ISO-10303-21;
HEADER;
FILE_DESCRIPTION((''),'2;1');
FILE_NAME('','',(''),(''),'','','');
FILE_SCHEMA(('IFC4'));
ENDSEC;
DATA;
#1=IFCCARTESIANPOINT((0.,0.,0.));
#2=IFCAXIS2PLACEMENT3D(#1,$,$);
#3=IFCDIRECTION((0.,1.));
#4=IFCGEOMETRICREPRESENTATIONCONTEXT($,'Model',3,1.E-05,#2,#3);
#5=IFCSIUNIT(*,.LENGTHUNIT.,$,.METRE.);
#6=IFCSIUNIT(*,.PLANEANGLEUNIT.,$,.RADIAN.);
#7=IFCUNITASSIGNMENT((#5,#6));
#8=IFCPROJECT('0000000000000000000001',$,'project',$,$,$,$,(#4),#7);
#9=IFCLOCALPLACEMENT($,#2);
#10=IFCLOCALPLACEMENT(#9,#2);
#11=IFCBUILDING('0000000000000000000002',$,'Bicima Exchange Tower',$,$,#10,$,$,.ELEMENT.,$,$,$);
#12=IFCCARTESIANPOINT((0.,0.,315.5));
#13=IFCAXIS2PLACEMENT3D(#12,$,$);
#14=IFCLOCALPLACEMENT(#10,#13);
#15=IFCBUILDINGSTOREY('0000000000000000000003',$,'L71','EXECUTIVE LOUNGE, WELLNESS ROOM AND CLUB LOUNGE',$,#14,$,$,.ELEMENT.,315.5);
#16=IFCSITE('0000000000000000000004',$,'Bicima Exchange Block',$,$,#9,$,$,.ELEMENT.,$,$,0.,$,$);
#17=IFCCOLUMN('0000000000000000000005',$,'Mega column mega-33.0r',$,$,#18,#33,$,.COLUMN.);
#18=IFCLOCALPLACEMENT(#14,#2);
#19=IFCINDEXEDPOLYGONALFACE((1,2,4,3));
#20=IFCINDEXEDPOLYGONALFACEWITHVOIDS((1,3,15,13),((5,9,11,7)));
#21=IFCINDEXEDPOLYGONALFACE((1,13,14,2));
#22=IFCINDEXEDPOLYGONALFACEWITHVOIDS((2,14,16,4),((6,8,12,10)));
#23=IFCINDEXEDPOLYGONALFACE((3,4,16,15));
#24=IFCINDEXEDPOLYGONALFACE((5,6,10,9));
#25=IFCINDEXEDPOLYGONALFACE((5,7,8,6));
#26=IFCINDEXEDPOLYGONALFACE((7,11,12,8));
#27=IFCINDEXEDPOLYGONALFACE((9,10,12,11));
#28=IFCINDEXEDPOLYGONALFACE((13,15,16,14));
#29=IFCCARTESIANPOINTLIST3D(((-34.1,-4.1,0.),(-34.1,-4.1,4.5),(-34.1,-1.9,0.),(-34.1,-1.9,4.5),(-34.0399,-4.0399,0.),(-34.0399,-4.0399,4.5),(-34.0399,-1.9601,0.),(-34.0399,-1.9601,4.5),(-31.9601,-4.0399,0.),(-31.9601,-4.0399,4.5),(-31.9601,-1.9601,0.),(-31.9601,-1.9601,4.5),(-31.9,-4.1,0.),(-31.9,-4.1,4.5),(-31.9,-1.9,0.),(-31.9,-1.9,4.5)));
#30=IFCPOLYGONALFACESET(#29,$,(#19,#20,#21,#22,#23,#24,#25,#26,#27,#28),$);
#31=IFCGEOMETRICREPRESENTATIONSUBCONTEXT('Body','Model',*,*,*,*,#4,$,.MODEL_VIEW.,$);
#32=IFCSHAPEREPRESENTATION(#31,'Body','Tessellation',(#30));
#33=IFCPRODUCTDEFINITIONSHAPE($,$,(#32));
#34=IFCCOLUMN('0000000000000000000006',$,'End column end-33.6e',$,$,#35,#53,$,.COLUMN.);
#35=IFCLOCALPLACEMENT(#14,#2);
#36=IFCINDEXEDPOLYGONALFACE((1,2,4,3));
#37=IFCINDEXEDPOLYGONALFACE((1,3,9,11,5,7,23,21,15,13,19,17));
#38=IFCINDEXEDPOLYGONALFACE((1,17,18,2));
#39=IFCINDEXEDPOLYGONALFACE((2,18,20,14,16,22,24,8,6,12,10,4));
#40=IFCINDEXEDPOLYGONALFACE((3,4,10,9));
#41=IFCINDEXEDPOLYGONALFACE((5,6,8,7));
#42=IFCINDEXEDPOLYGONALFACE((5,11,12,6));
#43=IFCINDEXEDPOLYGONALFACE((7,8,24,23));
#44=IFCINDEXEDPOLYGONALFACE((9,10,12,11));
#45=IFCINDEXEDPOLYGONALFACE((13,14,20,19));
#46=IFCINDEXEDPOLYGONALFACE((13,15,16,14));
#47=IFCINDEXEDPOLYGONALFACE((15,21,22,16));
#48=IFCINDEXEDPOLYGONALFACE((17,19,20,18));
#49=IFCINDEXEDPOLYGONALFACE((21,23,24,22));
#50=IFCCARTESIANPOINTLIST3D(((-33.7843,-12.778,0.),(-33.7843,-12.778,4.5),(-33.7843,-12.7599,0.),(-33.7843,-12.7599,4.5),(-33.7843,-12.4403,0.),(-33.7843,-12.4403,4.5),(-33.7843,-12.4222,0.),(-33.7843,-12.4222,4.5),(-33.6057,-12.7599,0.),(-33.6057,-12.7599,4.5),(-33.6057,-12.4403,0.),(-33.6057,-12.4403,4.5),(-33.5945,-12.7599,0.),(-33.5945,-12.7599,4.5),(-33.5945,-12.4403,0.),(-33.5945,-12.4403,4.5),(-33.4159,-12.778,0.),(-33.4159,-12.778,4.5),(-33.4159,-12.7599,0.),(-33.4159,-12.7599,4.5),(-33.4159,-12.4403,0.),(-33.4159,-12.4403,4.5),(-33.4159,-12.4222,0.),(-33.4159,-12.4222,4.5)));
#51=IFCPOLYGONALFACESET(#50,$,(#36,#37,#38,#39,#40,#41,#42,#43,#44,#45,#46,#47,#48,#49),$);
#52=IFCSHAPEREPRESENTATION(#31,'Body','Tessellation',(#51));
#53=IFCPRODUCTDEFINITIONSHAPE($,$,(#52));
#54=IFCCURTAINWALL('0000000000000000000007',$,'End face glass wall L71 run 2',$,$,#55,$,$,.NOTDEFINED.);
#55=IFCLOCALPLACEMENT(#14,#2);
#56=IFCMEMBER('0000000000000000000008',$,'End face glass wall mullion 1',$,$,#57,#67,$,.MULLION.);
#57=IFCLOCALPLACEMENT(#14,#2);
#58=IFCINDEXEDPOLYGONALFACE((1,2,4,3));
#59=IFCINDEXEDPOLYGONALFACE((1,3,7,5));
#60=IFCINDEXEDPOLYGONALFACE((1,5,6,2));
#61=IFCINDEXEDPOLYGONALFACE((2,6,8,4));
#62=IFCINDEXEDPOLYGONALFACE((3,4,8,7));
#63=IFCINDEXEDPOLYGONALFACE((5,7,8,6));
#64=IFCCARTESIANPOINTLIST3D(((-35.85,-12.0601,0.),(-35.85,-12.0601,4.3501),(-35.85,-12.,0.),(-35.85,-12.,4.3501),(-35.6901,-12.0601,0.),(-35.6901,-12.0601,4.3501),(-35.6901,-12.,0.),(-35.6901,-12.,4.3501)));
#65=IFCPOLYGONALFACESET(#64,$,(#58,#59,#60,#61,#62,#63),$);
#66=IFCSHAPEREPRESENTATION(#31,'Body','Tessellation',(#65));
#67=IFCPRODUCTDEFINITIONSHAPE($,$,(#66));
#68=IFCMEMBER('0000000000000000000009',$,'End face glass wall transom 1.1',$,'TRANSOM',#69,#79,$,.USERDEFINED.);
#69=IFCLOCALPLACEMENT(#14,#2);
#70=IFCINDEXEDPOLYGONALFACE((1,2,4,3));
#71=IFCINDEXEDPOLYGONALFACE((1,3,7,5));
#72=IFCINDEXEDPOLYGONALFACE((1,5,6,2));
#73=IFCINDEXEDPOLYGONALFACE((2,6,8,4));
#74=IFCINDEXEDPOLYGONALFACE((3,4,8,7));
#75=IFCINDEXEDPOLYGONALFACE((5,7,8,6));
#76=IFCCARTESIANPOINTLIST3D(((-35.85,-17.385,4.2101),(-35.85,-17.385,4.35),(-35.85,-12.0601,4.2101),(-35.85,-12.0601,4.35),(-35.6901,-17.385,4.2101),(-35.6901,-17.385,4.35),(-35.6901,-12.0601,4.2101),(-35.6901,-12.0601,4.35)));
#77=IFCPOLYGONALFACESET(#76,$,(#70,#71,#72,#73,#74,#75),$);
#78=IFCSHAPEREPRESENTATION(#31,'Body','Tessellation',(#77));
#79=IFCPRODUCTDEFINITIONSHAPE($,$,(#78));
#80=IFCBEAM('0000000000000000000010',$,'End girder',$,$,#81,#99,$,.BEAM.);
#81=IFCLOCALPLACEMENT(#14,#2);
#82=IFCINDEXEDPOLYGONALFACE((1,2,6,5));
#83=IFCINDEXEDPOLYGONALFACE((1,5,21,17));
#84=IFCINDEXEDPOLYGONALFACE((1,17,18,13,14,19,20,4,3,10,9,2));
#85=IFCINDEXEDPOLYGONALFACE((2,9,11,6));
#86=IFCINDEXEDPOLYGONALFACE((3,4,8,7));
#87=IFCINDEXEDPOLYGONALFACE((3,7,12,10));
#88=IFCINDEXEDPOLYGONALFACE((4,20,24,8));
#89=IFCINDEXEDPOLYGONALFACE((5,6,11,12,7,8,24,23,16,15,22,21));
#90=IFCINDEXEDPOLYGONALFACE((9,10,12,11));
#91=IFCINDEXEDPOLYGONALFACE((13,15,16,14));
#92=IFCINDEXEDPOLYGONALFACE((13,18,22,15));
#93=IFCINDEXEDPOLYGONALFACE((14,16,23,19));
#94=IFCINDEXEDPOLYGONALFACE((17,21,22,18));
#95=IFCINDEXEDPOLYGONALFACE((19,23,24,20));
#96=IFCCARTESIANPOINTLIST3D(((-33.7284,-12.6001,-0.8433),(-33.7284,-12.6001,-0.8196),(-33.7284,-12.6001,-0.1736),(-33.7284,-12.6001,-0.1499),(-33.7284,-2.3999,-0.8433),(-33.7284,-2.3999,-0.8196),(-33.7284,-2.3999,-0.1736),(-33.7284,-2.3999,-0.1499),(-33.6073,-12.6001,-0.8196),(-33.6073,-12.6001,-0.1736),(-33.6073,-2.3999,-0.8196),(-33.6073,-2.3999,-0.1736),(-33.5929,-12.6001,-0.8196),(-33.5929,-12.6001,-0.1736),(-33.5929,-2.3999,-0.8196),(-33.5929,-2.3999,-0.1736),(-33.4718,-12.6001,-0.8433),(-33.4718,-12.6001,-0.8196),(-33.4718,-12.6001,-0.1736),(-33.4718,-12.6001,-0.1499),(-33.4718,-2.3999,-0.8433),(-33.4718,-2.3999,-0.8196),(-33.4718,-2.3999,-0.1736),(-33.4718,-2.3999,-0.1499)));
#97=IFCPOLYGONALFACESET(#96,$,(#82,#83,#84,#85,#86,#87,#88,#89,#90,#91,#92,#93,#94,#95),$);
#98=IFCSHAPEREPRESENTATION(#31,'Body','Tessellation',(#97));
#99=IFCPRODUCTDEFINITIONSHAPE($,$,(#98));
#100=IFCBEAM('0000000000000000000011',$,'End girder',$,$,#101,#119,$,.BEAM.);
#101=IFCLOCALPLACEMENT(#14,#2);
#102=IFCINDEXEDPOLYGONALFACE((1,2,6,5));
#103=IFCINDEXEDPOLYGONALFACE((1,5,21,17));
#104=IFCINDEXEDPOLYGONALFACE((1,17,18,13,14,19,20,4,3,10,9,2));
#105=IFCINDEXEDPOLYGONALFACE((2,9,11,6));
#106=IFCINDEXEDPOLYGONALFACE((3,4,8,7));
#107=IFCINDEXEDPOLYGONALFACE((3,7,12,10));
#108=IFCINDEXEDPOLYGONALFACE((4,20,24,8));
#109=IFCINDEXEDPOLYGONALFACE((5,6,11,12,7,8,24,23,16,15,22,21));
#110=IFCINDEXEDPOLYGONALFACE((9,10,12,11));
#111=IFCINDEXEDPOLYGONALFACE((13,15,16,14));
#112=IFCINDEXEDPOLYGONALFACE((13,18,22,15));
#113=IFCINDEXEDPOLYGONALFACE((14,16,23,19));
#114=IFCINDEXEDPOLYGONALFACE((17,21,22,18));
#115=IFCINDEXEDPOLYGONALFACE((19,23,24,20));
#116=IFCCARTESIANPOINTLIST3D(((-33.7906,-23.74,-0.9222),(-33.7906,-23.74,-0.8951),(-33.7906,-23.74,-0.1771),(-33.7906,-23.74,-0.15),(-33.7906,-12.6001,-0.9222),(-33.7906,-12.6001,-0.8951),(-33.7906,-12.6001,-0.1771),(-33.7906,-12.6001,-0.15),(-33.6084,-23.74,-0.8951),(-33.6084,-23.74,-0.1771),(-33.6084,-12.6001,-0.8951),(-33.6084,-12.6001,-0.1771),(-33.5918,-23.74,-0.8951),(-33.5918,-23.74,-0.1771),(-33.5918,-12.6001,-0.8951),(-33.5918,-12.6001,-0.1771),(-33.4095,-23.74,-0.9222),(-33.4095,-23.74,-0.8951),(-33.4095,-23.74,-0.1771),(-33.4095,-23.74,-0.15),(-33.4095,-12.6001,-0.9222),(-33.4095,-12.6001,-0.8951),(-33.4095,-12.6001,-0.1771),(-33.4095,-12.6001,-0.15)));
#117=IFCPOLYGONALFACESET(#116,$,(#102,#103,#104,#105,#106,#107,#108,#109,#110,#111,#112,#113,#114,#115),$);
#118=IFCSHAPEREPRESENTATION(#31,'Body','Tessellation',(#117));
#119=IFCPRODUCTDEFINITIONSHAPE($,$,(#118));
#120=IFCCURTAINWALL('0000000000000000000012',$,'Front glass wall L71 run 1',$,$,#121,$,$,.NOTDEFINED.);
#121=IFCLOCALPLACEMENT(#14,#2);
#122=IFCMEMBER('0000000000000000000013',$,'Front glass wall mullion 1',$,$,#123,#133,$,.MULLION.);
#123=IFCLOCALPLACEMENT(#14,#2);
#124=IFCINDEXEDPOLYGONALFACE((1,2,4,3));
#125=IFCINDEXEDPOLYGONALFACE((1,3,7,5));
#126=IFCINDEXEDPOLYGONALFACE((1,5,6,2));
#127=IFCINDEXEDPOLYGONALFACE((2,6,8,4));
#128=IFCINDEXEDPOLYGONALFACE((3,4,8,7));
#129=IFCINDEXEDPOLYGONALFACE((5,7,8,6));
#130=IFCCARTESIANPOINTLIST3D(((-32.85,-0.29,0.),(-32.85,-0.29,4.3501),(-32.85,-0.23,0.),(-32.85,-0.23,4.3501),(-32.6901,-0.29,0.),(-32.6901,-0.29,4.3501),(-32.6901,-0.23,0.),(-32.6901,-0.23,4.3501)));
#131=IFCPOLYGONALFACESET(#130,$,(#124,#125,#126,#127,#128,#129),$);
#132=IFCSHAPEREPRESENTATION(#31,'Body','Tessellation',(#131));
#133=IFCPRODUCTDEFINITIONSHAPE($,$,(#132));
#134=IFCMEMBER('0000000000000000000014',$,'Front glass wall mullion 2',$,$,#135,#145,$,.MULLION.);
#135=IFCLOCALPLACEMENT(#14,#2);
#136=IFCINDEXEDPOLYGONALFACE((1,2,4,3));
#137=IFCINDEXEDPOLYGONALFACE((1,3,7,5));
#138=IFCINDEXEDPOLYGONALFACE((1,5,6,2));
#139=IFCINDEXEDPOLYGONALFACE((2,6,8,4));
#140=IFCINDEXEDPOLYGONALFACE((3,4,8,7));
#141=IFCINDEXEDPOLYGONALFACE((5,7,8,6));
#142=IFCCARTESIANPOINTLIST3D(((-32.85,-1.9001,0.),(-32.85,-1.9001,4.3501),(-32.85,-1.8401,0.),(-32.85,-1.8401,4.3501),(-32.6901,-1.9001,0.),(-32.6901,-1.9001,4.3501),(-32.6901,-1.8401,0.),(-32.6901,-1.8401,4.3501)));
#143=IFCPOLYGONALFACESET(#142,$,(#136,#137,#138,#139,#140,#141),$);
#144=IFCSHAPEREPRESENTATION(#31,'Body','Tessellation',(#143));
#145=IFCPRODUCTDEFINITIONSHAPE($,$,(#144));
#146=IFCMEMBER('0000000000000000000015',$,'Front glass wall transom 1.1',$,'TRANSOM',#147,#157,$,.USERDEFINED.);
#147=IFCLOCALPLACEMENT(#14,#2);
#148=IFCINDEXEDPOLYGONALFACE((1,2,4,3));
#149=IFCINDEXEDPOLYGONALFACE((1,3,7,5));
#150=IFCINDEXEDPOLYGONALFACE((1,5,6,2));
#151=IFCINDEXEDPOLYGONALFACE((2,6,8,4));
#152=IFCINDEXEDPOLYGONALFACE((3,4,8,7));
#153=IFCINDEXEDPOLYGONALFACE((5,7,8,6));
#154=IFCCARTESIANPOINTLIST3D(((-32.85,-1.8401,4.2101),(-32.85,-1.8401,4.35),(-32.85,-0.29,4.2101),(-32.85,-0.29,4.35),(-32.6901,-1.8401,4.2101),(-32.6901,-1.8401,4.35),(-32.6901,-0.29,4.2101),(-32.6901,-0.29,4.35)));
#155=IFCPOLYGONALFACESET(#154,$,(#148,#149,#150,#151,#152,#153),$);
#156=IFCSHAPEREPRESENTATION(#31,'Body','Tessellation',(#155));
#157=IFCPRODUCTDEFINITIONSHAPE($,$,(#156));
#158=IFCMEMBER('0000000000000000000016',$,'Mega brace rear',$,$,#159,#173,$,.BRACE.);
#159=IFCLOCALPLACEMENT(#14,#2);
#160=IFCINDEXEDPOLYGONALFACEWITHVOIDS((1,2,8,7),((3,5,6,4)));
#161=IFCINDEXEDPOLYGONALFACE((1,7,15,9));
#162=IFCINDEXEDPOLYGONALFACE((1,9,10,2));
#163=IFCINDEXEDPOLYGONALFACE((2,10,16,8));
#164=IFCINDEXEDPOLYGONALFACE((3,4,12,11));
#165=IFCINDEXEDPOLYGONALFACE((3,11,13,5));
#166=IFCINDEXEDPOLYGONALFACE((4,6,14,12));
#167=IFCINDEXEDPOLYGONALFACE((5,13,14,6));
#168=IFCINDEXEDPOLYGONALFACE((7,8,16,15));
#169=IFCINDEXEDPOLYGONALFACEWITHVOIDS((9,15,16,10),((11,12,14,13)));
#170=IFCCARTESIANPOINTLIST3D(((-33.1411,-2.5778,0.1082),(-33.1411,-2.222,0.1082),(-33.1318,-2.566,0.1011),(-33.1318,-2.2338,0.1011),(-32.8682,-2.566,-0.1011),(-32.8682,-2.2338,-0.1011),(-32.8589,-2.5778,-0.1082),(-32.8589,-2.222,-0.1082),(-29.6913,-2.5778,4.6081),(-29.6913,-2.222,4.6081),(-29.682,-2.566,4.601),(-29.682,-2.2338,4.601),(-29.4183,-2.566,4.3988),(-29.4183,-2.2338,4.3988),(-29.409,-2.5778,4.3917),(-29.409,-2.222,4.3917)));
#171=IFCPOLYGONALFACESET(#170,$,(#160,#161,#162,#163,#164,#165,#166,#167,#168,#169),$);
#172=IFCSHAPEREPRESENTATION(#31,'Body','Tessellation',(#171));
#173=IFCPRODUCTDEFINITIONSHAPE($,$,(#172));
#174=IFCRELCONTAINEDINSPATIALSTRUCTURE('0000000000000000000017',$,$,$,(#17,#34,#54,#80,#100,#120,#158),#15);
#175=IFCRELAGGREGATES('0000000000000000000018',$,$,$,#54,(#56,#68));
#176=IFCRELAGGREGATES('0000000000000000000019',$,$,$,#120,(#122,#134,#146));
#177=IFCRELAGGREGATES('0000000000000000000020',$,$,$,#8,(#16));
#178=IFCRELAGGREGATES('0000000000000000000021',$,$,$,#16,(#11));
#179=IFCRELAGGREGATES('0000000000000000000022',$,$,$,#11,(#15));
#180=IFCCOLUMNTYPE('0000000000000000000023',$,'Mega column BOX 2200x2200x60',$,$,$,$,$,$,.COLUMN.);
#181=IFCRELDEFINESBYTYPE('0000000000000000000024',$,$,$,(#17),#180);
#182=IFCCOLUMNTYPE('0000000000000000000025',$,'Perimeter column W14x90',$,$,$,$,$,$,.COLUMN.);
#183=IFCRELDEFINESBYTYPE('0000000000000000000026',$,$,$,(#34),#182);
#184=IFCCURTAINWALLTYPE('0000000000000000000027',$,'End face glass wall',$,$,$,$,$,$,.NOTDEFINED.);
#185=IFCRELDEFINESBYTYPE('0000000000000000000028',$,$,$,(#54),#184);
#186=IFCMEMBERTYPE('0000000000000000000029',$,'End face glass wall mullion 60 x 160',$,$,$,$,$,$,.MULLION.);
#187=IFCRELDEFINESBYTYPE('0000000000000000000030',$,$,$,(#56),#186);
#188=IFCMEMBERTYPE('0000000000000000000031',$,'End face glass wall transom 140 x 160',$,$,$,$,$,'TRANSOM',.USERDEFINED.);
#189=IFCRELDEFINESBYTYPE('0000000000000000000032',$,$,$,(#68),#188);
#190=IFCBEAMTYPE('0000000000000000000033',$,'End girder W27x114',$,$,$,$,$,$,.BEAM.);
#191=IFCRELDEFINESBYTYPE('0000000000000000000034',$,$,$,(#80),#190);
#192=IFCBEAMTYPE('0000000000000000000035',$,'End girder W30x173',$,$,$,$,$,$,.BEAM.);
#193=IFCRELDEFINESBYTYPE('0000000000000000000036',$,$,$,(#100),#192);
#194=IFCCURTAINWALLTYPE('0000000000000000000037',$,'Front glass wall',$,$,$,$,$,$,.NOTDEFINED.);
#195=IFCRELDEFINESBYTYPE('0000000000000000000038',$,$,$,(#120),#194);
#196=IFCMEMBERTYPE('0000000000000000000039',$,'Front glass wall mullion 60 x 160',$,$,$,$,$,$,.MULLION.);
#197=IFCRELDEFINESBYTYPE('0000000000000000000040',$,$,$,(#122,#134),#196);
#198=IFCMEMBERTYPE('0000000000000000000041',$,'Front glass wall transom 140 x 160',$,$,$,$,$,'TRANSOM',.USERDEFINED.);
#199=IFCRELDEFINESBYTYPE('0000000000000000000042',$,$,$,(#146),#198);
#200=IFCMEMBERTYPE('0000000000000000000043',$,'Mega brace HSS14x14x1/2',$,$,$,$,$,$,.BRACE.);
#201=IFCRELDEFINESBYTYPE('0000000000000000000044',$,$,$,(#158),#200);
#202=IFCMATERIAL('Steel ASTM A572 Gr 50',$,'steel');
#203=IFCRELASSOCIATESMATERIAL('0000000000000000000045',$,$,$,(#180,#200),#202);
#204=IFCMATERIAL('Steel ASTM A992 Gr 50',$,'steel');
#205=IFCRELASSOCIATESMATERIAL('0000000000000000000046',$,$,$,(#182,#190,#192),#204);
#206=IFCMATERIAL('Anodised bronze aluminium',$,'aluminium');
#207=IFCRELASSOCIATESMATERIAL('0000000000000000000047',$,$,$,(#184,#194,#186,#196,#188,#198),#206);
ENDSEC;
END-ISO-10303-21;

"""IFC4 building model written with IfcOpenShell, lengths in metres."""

from ifc_helpers import new_model, si_unit, direction, frame, origin, origin_2d, place, context, subcontext, project, spatial, rectangle, hollow_rectangle, i_section, extrude, material, material_profile, profile_set, type_object, element, aggregate, save


model = new_model("IFC4")

# Units and contexts
model_context = context("Model", 3, precision=1e-05, world=origin(), true_north=direction((0.0, 1.0)))
body_context = subcontext(model_context, "Body", "Model", "MODEL_VIEW")
ifc_project = project(units=[si_unit("LENGTHUNIT", "METRE"), si_unit("PLANEANGLEUNIT", "RADIAN")], contexts=[model_context])

# Site, building, storey
site_placement = place(None, origin())
site = spatial("IfcSite", under=ifc_project, at=site_placement, Name="Bicima Exchange Block", CompositionType="ELEMENT", RefElevation=0.0)
building_placement = place(site_placement, origin())
building = spatial("IfcBuilding", under=site, at=building_placement, Name="Bicima Exchange Tower", CompositionType="ELEMENT")
storey_placement = place(building_placement, frame((0.0, 0.0, 315.5)))
storey = spatial("IfcBuildingStorey", under=building, at=storey_placement, Name="L71", Description="EXECUTIVE LOUNGE, WELLNESS ROOM AND CLUB LOUNGE", CompositionType="ELEMENT", Elevation=315.5)

# Columns
ifc_material_1 = material(Name="Steel ASTM A572 Gr 50", Category="steel")
ifc_material_profile_1 = material_profile(ifc_material_1, hollow_rectangle(XDim=2.2, YDim=2.2, WallThickness=0.0601, at=origin_2d()))
ifc_profile_set_1 = profile_set([ifc_material_profile_1], Name="Steel ASTM A572 Gr 50")
column_type_1 = type_object("IfcColumnType", Name="Mega column BOX 2200x2200x60", PredefinedType="COLUMN", material=ifc_profile_set_1)
column_1_placement = place(storey_placement, frame((-33.0, -3.0, 0.0), z_axis=(0.0, 0.0, 1.0), x_axis=(1.0, 0.0, 0.0)))
element("IfcColumn", 1, at=column_1_placement, inside=storey, type_object=column_type_1, Name="Mega column mega-33.0r", PredefinedType="COLUMN", context=body_context, shape_type="SweptSolid", body=[
    extrude(hollow_rectangle(XDim=2.2, YDim=2.2, WallThickness=0.0601, at=origin_2d()), origin(), (0.0, 0.0, 1.0), 4.5),
])
ifc_material_2 = material(Name="Steel ASTM A992 Gr 50", Category="steel")
ifc_material_profile_2 = material_profile(ifc_material_2, i_section(OverallWidth=0.3684, OverallDepth=0.3557, WebThickness=0.0112, FlangeThickness=0.0181, at=origin_2d()))
ifc_profile_set_2 = profile_set([ifc_material_profile_2], Name="Steel ASTM A992 Gr 50")
column_type_2 = type_object("IfcColumnType", Name="Perimeter column W14x90", PredefinedType="COLUMN", material=ifc_profile_set_2)
column_2_placement = place(storey_placement, frame((-33.6001, -12.6001, 0.0), z_axis=(0.0, 0.0, 1.0), x_axis=(1.0, 0.0, 0.0)))
element("IfcColumn", 2, at=column_2_placement, inside=storey, type_object=column_type_2, Name="End column end-33.6e", PredefinedType="COLUMN", context=body_context, shape_type="SweptSolid", body=[
    extrude(i_section(OverallWidth=0.3684, OverallDepth=0.3557, WebThickness=0.0112, FlangeThickness=0.0181, at=origin_2d()), origin(), (0.0, 0.0, 1.0), 4.5),
])

# Curtain wall, members
ifc_material_3 = material(Name="Anodised bronze aluminium", Category="aluminium")
curtain_wall_type_1 = type_object("IfcCurtainWallType", Name="End face glass wall", PredefinedType="NOTDEFINED", material=ifc_material_3)
curtain_wall_1_placement = place(storey_placement, origin())
curtain_wall_1 = element("IfcCurtainWall", 3, at=curtain_wall_1_placement, inside=storey, type_object=curtain_wall_type_1, Name="End face glass wall L71 run 2", PredefinedType="NOTDEFINED")
ifc_material_profile_3 = material_profile(ifc_material_3, rectangle(XDim=0.1599, YDim=0.0601, at=origin_2d()))
ifc_profile_set_3 = profile_set([ifc_material_profile_3], Name="Anodised bronze aluminium")
member_type_1 = type_object("IfcMemberType", Name="End face glass wall mullion 60 x 160", PredefinedType="MULLION", material=ifc_profile_set_3)
member_1_placement = place(storey_placement, frame((-35.77, -12.03, 0.0), z_axis=(0.0, 0.0, 1.0), x_axis=(1.0, 0.0, 0.0)))
member_1 = element("IfcMember", 4, at=member_1_placement, type_object=member_type_1, Name="End face glass wall mullion 1", PredefinedType="MULLION", context=body_context, shape_type="SweptSolid", body=[
    extrude(rectangle(XDim=0.1599, YDim=0.0601, at=origin_2d()), origin(), (0.0, 0.0, 1.0), 4.3501),
])
ifc_material_profile_4 = material_profile(ifc_material_3, rectangle(XDim=0.1599, YDim=0.1399, at=origin_2d()))
ifc_profile_set_4 = profile_set([ifc_material_profile_4], Name="Anodised bronze aluminium")
member_type_2 = type_object("IfcMemberType", Name="End face glass wall transom 140 x 160", ElementType="TRANSOM", PredefinedType="USERDEFINED", material=ifc_profile_set_4)
member_2_placement = place(storey_placement, frame((-35.77, -12.0601, 4.28), z_axis=(0.0, -1.0, 0.0), x_axis=(1.0, 0.0, 0.0)))
member_2 = element("IfcMember", 5, at=member_2_placement, type_object=member_type_2, Name="End face glass wall transom 1.1", ObjectType="TRANSOM", PredefinedType="USERDEFINED", context=body_context, shape_type="SweptSolid", body=[
    extrude(rectangle(XDim=0.1599, YDim=0.1399, at=origin_2d()), origin(), (0.0, 0.0, 1.0), 5.325),
])
aggregate(curtain_wall_1, [member_1, member_2])

# Beams
ifc_material_profile_5 = material_profile(ifc_material_2, i_section(OverallWidth=0.2566, OverallDepth=0.6934, WebThickness=0.0144, FlangeThickness=0.0237, at=origin_2d()))
ifc_profile_set_5 = profile_set([ifc_material_profile_5], Name="Steel ASTM A992 Gr 50")
beam_type_1 = type_object("IfcBeamType", Name="End girder W27x114", PredefinedType="BEAM", material=ifc_profile_set_5)
beam_1_placement = place(storey_placement, frame((-33.6001, -2.3999, -0.4966), z_axis=(0.0, -1.0, 0.0), x_axis=(1.0, 0.0, 0.0)))
element("IfcBeam", 6, at=beam_1_placement, inside=storey, type_object=beam_type_1, Name="End girder", PredefinedType="BEAM", context=body_context, shape_type="SweptSolid", body=[
    extrude(i_section(OverallWidth=0.2566, OverallDepth=0.6934, WebThickness=0.0144, FlangeThickness=0.0237, at=origin_2d()), origin(), (0.0, 0.0, 1.0), 10.2002),
])
ifc_material_profile_6 = material_profile(ifc_material_2, i_section(OverallWidth=0.3811, OverallDepth=0.7722, WebThickness=0.0166, FlangeThickness=0.0271, at=origin_2d()))
ifc_profile_set_6 = profile_set([ifc_material_profile_6], Name="Steel ASTM A992 Gr 50")
beam_type_2 = type_object("IfcBeamType", Name="End girder W30x173", PredefinedType="BEAM", material=ifc_profile_set_6)
beam_2_placement = place(storey_placement, frame((-33.6001, -12.6001, -0.5361), z_axis=(0.0, -1.0, 0.0), x_axis=(1.0, 0.0, 0.0)))
element("IfcBeam", 7, at=beam_2_placement, inside=storey, type_object=beam_type_2, Name="End girder", PredefinedType="BEAM", context=body_context, shape_type="SweptSolid", body=[
    extrude(i_section(OverallWidth=0.3811, OverallDepth=0.7722, WebThickness=0.0166, FlangeThickness=0.0271, at=origin_2d()), origin(), (0.0, 0.0, 1.0), 11.1399),
])

# Curtain wall, members
curtain_wall_type_2 = type_object("IfcCurtainWallType", Name="Front glass wall", PredefinedType="NOTDEFINED", material=ifc_material_3)
curtain_wall_2_placement = place(storey_placement, origin())
curtain_wall_2 = element("IfcCurtainWall", 8, at=curtain_wall_2_placement, inside=storey, type_object=curtain_wall_type_2, Name="Front glass wall L71 run 1", PredefinedType="NOTDEFINED")
member_type_3 = type_object("IfcMemberType", Name="Front glass wall mullion 60 x 160", PredefinedType="MULLION", material=ifc_profile_set_3)
member_3_placement = place(storey_placement, frame((-32.77, -0.26, 0.0), z_axis=(0.0, 0.0, 1.0), x_axis=(1.0, 0.0, 0.0)))
member_3 = element("IfcMember", 9, at=member_3_placement, type_object=member_type_3, Name="Front glass wall mullion 1", PredefinedType="MULLION", context=body_context, shape_type="SweptSolid", body=[
    extrude(rectangle(XDim=0.1599, YDim=0.0601, at=origin_2d()), origin(), (0.0, 0.0, 1.0), 4.3501),
])
member_4_placement = place(storey_placement, frame((-32.77, -1.8701, 0.0), z_axis=(0.0, 0.0, 1.0), x_axis=(1.0, 0.0, 0.0)))
member_4 = element("IfcMember", 10, at=member_4_placement, type_object=member_type_3, Name="Front glass wall mullion 2", PredefinedType="MULLION", context=body_context, shape_type="SweptSolid", body=[
    extrude(rectangle(XDim=0.1599, YDim=0.0601, at=origin_2d()), origin(), (0.0, 0.0, 1.0), 4.3501),
])
member_type_4 = type_object("IfcMemberType", Name="Front glass wall transom 140 x 160", ElementType="TRANSOM", PredefinedType="USERDEFINED", material=ifc_profile_set_4)
member_5_placement = place(storey_placement, frame((-32.77, -0.29, 4.28), z_axis=(0.0, -1.0, 0.0), x_axis=(1.0, 0.0, 0.0)))
member_5 = element("IfcMember", 11, at=member_5_placement, type_object=member_type_4, Name="Front glass wall transom 1.1", ObjectType="TRANSOM", PredefinedType="USERDEFINED", context=body_context, shape_type="SweptSolid", body=[
    extrude(rectangle(XDim=0.1599, YDim=0.1399, at=origin_2d()), origin(), (0.0, 0.0, 1.0), 1.55),
])

# Member
ifc_material_profile_7 = material_profile(ifc_material_1, hollow_rectangle(XDim=0.3557, YDim=0.3557, WallThickness=0.0117, at=origin_2d()))
ifc_profile_set_7 = profile_set([ifc_material_profile_7], Name="Steel ASTM A572 Gr 50")
member_type_5 = type_object("IfcMemberType", Name="Mega brace HSS14x14x1/2", PredefinedType="BRACE", material=ifc_profile_set_7)
member_6_placement = place(storey_placement, frame((-33.0, -2.3999, 0.0), z_axis=(0.608426, 0.0, 0.793611), x_axis=(0.0, 1.0, 0.0)))
element("IfcMember", 12, at=member_6_placement, inside=storey, type_object=member_type_5, Name="Mega brace rear", PredefinedType="BRACE", context=body_context, shape_type="SweptSolid", body=[
    extrude(hollow_rectangle(XDim=0.3557, YDim=0.3557, WallThickness=0.0117, at=origin_2d()), origin(), (0.0, 0.0, 1.0), 5.6702),
])

aggregate(curtain_wall_2, [member_3, member_4, member_5])

save(model, "model.ifc")
